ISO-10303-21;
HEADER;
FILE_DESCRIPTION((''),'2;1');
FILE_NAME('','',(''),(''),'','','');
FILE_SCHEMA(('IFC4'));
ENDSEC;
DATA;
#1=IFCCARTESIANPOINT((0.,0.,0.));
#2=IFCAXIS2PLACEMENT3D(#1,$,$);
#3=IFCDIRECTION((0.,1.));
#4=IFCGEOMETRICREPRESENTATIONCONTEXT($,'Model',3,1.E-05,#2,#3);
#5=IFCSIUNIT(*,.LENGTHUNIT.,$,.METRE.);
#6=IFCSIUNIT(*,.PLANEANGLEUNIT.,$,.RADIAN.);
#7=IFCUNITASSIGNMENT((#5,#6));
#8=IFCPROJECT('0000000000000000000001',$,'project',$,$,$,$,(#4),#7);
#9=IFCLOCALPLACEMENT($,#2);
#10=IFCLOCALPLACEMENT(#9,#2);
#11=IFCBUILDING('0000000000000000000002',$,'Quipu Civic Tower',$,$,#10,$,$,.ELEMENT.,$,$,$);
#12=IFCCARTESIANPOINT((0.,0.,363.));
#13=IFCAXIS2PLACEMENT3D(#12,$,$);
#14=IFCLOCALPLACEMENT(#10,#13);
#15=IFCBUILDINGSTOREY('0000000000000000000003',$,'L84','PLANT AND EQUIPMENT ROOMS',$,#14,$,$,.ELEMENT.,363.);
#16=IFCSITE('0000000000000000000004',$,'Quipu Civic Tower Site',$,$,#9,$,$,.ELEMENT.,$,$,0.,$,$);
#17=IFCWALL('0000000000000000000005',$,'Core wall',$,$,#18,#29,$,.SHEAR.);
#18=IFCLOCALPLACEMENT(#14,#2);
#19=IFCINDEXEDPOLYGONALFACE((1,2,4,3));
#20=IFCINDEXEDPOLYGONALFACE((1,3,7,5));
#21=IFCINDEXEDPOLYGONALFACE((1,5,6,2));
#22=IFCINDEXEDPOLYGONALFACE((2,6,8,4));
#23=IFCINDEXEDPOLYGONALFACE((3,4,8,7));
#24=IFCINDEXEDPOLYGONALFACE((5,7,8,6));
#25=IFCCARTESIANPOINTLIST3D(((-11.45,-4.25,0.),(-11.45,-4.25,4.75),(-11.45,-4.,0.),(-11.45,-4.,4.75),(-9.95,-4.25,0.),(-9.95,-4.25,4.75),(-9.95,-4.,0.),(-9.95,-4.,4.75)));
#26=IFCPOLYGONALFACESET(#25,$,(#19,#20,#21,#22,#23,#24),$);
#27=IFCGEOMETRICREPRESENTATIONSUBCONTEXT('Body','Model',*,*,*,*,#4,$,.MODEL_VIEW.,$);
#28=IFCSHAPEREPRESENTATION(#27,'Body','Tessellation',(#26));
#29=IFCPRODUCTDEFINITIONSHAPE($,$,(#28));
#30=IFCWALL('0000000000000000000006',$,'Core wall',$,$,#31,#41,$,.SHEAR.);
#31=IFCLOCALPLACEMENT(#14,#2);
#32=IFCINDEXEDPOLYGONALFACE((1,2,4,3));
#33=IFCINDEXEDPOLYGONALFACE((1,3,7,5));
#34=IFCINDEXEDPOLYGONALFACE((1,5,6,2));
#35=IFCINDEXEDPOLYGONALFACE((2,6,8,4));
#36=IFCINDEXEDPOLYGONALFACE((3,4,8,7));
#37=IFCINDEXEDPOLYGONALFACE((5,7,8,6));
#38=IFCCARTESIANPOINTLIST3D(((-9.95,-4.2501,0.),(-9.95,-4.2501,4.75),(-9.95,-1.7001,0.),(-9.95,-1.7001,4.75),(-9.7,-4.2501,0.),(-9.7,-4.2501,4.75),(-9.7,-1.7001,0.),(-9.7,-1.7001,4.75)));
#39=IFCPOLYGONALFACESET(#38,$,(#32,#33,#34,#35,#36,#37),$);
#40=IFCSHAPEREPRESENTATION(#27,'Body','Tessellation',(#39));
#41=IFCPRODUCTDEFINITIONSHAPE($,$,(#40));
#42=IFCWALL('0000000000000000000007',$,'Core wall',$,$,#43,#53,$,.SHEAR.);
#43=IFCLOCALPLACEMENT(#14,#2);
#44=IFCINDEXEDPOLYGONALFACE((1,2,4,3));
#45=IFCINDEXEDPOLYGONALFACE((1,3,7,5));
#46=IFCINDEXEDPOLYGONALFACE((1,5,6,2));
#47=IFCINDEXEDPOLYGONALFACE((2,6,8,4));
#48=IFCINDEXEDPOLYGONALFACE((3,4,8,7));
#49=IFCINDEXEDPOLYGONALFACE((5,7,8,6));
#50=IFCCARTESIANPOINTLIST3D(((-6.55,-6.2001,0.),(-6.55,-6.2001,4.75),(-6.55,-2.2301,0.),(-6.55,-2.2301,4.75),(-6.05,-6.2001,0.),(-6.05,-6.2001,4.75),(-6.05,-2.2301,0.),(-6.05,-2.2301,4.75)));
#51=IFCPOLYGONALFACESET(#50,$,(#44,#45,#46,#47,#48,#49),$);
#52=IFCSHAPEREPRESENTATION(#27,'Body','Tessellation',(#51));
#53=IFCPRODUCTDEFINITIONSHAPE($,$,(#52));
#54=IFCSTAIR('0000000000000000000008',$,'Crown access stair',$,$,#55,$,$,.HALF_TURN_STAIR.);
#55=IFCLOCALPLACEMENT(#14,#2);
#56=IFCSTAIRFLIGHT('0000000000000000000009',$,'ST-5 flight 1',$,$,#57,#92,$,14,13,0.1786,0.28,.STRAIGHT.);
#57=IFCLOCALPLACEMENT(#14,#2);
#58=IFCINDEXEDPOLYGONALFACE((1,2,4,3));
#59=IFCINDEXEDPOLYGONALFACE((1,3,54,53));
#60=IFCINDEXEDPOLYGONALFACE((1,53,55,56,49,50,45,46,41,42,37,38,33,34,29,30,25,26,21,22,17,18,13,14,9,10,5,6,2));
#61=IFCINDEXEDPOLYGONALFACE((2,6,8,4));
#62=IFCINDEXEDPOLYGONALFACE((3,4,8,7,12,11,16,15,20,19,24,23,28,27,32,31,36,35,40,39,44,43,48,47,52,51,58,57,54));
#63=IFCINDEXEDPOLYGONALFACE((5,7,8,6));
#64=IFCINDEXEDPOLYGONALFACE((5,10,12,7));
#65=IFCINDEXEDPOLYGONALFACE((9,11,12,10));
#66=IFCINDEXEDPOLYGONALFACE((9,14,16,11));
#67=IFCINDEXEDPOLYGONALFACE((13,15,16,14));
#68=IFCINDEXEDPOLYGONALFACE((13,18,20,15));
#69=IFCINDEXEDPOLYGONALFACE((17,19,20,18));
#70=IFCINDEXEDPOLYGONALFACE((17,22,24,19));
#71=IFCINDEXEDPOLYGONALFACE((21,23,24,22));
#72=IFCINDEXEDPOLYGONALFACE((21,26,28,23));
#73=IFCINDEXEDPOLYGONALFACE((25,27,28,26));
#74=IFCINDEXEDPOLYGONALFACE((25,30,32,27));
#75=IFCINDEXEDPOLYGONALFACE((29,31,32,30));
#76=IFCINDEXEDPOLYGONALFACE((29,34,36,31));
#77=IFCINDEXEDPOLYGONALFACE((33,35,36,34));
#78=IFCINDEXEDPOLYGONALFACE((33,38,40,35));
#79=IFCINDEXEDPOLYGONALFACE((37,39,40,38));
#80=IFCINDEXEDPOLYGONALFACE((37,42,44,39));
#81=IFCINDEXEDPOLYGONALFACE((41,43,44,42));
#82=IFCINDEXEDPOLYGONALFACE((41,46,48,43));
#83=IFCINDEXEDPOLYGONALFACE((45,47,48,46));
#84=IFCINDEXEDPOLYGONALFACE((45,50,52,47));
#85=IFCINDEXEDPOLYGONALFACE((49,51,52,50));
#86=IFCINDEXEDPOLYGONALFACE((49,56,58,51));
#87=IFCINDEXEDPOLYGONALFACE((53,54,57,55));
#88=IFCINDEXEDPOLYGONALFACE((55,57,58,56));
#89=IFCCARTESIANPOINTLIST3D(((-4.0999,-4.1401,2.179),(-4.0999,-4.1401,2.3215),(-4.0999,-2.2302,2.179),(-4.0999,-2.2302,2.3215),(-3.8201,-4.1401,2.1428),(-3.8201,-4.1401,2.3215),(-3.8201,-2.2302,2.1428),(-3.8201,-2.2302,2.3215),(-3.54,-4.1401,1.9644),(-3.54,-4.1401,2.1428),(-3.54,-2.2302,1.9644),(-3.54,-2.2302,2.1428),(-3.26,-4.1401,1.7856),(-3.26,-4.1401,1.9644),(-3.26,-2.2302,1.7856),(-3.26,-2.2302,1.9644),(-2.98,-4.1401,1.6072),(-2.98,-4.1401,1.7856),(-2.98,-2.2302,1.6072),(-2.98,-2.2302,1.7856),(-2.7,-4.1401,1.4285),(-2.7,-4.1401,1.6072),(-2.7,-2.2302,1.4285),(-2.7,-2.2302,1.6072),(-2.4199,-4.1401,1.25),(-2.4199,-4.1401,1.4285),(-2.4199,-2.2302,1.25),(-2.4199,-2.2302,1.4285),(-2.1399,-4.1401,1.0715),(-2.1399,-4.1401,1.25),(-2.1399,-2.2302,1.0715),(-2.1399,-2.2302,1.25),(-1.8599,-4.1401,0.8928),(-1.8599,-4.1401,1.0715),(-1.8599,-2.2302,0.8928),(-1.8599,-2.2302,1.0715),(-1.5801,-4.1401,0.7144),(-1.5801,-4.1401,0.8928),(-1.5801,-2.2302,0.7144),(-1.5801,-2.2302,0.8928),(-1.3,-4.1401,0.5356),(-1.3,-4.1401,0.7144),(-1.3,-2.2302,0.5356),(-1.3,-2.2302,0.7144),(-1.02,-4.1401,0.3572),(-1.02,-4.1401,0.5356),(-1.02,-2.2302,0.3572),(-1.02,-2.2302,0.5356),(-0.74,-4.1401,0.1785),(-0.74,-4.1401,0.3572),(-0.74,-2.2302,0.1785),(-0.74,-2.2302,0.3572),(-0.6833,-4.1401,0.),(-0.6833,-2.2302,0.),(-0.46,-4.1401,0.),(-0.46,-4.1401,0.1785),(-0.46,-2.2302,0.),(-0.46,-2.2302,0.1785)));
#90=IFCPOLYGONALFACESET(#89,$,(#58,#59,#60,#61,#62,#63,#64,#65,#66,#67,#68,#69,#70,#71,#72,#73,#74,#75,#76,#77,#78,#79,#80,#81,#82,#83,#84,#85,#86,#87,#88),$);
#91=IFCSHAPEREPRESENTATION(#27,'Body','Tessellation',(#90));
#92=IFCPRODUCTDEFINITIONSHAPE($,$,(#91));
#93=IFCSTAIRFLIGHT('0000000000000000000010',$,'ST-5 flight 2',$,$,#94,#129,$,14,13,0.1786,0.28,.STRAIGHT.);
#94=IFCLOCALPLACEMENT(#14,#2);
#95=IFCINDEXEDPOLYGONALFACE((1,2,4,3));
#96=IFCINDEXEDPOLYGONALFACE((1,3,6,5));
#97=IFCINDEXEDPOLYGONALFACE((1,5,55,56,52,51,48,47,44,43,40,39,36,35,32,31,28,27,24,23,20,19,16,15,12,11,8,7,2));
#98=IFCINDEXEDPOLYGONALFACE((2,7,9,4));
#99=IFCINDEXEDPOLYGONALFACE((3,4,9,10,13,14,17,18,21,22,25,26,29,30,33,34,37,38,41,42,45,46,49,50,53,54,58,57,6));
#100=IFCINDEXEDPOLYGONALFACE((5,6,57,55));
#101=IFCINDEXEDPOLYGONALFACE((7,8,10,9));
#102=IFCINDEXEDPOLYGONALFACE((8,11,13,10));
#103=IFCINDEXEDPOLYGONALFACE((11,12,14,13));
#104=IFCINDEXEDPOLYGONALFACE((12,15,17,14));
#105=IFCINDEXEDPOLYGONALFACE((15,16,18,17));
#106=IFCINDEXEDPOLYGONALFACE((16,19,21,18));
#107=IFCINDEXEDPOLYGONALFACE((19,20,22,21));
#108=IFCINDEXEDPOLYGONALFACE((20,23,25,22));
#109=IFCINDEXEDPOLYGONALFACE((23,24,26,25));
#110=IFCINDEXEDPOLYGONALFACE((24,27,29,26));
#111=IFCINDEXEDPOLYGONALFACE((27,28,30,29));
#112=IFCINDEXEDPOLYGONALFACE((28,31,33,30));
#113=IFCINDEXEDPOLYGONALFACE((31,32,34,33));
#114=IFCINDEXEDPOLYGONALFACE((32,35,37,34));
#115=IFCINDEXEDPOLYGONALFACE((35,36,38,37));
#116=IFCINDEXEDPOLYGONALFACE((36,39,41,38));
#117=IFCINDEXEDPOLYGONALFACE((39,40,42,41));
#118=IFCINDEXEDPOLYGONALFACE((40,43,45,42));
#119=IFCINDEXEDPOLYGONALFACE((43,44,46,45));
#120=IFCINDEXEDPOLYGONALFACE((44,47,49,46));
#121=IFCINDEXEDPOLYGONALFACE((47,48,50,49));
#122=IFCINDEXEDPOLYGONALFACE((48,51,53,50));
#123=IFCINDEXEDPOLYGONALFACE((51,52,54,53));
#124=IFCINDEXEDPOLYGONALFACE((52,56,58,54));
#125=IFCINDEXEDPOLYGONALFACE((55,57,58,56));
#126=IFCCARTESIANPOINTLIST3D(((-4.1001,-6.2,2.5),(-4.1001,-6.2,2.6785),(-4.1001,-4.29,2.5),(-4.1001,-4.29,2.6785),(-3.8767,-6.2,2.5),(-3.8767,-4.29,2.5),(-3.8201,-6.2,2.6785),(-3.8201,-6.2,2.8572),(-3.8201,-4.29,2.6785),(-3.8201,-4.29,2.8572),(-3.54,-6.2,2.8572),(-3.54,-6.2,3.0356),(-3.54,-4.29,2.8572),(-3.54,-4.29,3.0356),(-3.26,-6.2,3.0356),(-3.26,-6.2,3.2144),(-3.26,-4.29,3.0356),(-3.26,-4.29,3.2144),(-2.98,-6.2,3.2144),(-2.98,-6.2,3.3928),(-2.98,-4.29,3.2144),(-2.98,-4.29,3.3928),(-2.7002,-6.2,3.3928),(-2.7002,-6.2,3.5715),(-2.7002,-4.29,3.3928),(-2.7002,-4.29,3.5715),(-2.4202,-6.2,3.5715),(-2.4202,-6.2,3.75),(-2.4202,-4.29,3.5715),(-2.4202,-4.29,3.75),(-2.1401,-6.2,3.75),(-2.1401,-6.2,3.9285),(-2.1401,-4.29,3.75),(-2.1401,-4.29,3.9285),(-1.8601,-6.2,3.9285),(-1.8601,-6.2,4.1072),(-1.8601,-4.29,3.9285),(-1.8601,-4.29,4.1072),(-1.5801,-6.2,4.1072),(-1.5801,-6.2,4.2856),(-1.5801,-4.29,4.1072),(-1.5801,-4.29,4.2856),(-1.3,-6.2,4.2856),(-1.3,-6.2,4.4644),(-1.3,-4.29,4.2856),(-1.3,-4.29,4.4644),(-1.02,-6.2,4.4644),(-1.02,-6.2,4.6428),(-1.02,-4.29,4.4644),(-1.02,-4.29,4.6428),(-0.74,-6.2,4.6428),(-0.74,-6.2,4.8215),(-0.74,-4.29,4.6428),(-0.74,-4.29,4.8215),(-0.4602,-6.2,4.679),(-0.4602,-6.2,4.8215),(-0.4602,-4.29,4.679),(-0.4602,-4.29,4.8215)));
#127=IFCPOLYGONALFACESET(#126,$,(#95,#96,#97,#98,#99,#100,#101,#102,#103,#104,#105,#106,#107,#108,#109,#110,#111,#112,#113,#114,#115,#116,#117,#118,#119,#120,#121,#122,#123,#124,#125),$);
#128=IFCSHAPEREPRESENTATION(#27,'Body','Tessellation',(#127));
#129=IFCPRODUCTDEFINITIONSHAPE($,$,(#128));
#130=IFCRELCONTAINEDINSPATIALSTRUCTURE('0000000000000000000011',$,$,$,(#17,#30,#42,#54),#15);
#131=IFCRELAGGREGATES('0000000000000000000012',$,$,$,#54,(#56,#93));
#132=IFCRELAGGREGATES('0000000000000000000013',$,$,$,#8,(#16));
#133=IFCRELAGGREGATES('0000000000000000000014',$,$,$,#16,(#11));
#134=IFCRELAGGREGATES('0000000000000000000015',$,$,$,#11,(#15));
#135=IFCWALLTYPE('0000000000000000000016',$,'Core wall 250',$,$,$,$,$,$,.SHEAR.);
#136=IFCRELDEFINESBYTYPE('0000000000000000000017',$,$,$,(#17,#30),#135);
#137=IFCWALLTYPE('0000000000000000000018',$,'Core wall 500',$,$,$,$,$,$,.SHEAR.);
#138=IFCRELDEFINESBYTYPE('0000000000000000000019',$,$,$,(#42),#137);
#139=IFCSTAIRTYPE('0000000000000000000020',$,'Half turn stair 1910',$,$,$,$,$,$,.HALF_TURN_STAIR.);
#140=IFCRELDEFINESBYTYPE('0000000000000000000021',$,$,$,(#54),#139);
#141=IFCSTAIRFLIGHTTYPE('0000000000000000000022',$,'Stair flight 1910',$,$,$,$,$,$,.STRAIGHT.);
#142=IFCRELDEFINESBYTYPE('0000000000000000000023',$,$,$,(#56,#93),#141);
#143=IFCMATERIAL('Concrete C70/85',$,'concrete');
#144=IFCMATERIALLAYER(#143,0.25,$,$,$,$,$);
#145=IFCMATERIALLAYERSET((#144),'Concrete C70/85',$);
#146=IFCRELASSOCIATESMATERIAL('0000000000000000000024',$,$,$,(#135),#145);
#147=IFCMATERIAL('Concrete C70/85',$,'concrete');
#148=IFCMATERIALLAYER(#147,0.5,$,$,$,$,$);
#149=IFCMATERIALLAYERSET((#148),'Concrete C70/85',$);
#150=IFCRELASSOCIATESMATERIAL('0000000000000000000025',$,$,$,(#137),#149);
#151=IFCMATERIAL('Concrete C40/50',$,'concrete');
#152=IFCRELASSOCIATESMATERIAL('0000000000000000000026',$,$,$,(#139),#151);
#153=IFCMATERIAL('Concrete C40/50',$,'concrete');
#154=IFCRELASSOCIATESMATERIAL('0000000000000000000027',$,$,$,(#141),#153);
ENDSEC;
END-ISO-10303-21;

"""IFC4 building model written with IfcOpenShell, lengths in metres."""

from ifc_helpers import new_model, si_unit, direction, frame, frame_2d, origin, place, context, subcontext, project, spatial, polyline, rectangle, outline, extrude, material, layer, layer_set, type_object, element, aggregate, save


model = new_model("IFC4")

# Units and contexts
model_context = context("Model", 3, precision=1e-05, world=origin(), true_north=direction((0.0, 1.0)))
body_context = subcontext(model_context, "Body", "Model", "MODEL_VIEW")
ifc_project = project(units=[si_unit("LENGTHUNIT", "METRE"), si_unit("PLANEANGLEUNIT", "RADIAN")], contexts=[model_context])

# Site, building, storey
site_placement = place(None, origin())
site = spatial("IfcSite", under=ifc_project, at=site_placement, Name="Quipu Civic Tower Site", CompositionType="ELEMENT", RefElevation=0.0)
building_placement = place(site_placement, origin())
building = spatial("IfcBuilding", under=site, at=building_placement, Name="Quipu Civic Tower", CompositionType="ELEMENT")
storey_placement = place(building_placement, frame((0.0, 0.0, 363.0)))
storey = spatial("IfcBuildingStorey", under=building, at=storey_placement, Name="L84", Description="PLANT AND EQUIPMENT ROOMS", CompositionType="ELEMENT", Elevation=363.0)

# Shared definitions
ifc_material_1 = material(Name="Concrete C70/85", Category="concrete")
ifc_layer_1 = layer(ifc_material_1, 0.25)
ifc_layer_set_1 = layer_set([ifc_layer_1], Name="Concrete C70/85")
wall_type_1 = type_object("IfcWallType", Name="Core wall 250", PredefinedType="SHEAR", material=ifc_layer_set_1)

# Walls
wall_1_placement = place(storey_placement, frame((-11.45, -4.125, 0.0), z_axis=(0.0, 0.0, 1.0), x_axis=(1.0, 0.0, 0.0)))
element("IfcWall", 1, at=wall_1_placement, inside=storey, type_object=wall_type_1, Name="Core wall", PredefinedType="SHEAR", context=body_context, shape_type="SweptSolid", body=[
    extrude(rectangle(XDim=1.5, YDim=0.25, at=frame_2d((0.75, 0.0))), origin(), (0.0, 0.0, 1.0), 4.75),
])
wall_2_placement = place(storey_placement, frame((-9.825, -4.25, 0.0), z_axis=(0.0, 0.0, 1.0), x_axis=(0.0, 1.0, 0.0)))
element("IfcWall", 2, at=wall_2_placement, inside=storey, type_object=wall_type_1, Name="Core wall", PredefinedType="SHEAR", context=body_context, shape_type="SweptSolid", body=[
    extrude(rectangle(XDim=2.55, YDim=0.25, at=frame_2d((1.2749, 0.0))), origin(), (0.0, 0.0, 1.0), 4.75),
])
ifc_material_2 = material(Name="Concrete C70/85", Category="concrete")
ifc_layer_2 = layer(ifc_material_2, 0.5)
ifc_layer_set_2 = layer_set([ifc_layer_2], Name="Concrete C70/85")
wall_type_2 = type_object("IfcWallType", Name="Core wall 500", PredefinedType="SHEAR", material=ifc_layer_set_2)
wall_3_placement = place(storey_placement, frame((-6.3, -6.2, 0.0), z_axis=(0.0, 0.0, 1.0), x_axis=(0.0, 1.0, 0.0)))
element("IfcWall", 3, at=wall_3_placement, inside=storey, type_object=wall_type_2, Name="Core wall", PredefinedType="SHEAR", context=body_context, shape_type="SweptSolid", body=[
    extrude(rectangle(XDim=3.97, YDim=0.5, at=frame_2d((1.9849, 0.0))), origin(), (0.0, 0.0, 1.0), 4.75),
])

# Stair, stair flights
ifc_material_3 = material(Name="Concrete C40/50", Category="concrete")
stair_type = type_object("IfcStairType", Name="Half turn stair 1910", PredefinedType="HALF_TURN_STAIR", material=ifc_material_3)
stair_placement = place(storey_placement, origin())
stair = element("IfcStair", 4, at=stair_placement, inside=storey, type_object=stair_type, Name="Crown access stair", PredefinedType="HALF_TURN_STAIR")
ifc_material_4 = material(Name="Concrete C40/50", Category="concrete")
stair_flight_type = type_object("IfcStairFlightType", Name="Stair flight 1910", PredefinedType="STRAIGHT", material=ifc_material_4)
stair_flight_1_placement = place(storey_placement, frame((-0.46, -3.1851, 0.0), z_axis=(0.0, 0.0, 1.0), x_axis=(-1.0, 0.0, 0.0)))
stair_flight_1 = element("IfcStairFlight", 5, at=stair_flight_1_placement, type_object=stair_flight_type, Name="ST-5 flight 1", NumberOfRisers=14, NumberOfTreads=13, PredefinedType="STRAIGHT", RiserHeight=0.1786, TreadLength=0.28, context=body_context, shape_type="SweptSolid", body=[
    extrude(outline(polyline([(0.0, 0.0), (0.0, 0.1785), (0.28, 0.1785), (0.28, 0.3572), (0.5601, 0.3572), (0.5601, 0.5356), (0.8401, 0.5356), (0.8401, 0.7144), (1.1201, 0.7144), (1.1201, 0.8928), (1.3999, 0.8928), (1.3999, 1.0715), (1.6799, 1.0715), (1.6799, 1.25), (1.96, 1.25), (1.96, 1.4285), (2.24, 1.4285), (2.24, 1.6072), (2.52, 1.6072), (2.52, 1.7856), (2.8, 1.7856), (2.8, 1.9644), (3.0801, 1.9644), (3.0801, 2.1428), (3.3601, 2.1428), (3.3601, 2.3215), (3.6399, 2.3215), (3.6399, 2.5), (3.6399, 2.179), (0.2234, 0.0), (0.0, 0.0)])), frame((0.0, 0.9551, 0.0), z_axis=(0.0, -1.0, 0.0), x_axis=(1.0, 0.0, 0.0)), (0.0, 0.0, 1.0), 1.9099),
])
stair_flight_2_placement = place(storey_placement, frame((-4.1001, -5.2451, 2.5), z_axis=(0.0, 0.0, 1.0), x_axis=(1.0, 0.0, 0.0)))
stair_flight_2 = element("IfcStairFlight", 6, at=stair_flight_2_placement, type_object=stair_flight_type, Name="ST-5 flight 2", NumberOfRisers=14, NumberOfTreads=13, PredefinedType="STRAIGHT", RiserHeight=0.1786, TreadLength=0.28, context=body_context, shape_type="SweptSolid", body=[
    extrude(outline(polyline([(0.0, 0.0), (0.0, 0.1785), (0.28, 0.1785), (0.28, 0.3572), (0.5601, 0.3572), (0.5601, 0.5356), (0.8401, 0.5356), (0.8401, 0.7144), (1.1201, 0.7144), (1.1201, 0.8928), (1.3999, 0.8928), (1.3999, 1.0715), (1.6799, 1.0715), (1.6799, 1.25), (1.96, 1.25), (1.96, 1.4285), (2.24, 1.4285), (2.24, 1.6072), (2.52, 1.6072), (2.52, 1.7856), (2.8, 1.7856), (2.8, 1.9644), (3.0801, 1.9644), (3.0801, 2.1428), (3.3601, 2.1428), (3.3601, 2.3215), (3.6399, 2.3215), (3.6399, 2.5), (3.6399, 2.179), (0.2234, 0.0), (0.0, 0.0)])), frame((0.0, 0.9551, 0.0), z_axis=(0.0, -1.0, 0.0), x_axis=(1.0, 0.0, 0.0)), (0.0, 0.0, 1.0), 1.9099),
])
aggregate(stair, [stair_flight_1, stair_flight_2])

save(model, "model.ifc")
